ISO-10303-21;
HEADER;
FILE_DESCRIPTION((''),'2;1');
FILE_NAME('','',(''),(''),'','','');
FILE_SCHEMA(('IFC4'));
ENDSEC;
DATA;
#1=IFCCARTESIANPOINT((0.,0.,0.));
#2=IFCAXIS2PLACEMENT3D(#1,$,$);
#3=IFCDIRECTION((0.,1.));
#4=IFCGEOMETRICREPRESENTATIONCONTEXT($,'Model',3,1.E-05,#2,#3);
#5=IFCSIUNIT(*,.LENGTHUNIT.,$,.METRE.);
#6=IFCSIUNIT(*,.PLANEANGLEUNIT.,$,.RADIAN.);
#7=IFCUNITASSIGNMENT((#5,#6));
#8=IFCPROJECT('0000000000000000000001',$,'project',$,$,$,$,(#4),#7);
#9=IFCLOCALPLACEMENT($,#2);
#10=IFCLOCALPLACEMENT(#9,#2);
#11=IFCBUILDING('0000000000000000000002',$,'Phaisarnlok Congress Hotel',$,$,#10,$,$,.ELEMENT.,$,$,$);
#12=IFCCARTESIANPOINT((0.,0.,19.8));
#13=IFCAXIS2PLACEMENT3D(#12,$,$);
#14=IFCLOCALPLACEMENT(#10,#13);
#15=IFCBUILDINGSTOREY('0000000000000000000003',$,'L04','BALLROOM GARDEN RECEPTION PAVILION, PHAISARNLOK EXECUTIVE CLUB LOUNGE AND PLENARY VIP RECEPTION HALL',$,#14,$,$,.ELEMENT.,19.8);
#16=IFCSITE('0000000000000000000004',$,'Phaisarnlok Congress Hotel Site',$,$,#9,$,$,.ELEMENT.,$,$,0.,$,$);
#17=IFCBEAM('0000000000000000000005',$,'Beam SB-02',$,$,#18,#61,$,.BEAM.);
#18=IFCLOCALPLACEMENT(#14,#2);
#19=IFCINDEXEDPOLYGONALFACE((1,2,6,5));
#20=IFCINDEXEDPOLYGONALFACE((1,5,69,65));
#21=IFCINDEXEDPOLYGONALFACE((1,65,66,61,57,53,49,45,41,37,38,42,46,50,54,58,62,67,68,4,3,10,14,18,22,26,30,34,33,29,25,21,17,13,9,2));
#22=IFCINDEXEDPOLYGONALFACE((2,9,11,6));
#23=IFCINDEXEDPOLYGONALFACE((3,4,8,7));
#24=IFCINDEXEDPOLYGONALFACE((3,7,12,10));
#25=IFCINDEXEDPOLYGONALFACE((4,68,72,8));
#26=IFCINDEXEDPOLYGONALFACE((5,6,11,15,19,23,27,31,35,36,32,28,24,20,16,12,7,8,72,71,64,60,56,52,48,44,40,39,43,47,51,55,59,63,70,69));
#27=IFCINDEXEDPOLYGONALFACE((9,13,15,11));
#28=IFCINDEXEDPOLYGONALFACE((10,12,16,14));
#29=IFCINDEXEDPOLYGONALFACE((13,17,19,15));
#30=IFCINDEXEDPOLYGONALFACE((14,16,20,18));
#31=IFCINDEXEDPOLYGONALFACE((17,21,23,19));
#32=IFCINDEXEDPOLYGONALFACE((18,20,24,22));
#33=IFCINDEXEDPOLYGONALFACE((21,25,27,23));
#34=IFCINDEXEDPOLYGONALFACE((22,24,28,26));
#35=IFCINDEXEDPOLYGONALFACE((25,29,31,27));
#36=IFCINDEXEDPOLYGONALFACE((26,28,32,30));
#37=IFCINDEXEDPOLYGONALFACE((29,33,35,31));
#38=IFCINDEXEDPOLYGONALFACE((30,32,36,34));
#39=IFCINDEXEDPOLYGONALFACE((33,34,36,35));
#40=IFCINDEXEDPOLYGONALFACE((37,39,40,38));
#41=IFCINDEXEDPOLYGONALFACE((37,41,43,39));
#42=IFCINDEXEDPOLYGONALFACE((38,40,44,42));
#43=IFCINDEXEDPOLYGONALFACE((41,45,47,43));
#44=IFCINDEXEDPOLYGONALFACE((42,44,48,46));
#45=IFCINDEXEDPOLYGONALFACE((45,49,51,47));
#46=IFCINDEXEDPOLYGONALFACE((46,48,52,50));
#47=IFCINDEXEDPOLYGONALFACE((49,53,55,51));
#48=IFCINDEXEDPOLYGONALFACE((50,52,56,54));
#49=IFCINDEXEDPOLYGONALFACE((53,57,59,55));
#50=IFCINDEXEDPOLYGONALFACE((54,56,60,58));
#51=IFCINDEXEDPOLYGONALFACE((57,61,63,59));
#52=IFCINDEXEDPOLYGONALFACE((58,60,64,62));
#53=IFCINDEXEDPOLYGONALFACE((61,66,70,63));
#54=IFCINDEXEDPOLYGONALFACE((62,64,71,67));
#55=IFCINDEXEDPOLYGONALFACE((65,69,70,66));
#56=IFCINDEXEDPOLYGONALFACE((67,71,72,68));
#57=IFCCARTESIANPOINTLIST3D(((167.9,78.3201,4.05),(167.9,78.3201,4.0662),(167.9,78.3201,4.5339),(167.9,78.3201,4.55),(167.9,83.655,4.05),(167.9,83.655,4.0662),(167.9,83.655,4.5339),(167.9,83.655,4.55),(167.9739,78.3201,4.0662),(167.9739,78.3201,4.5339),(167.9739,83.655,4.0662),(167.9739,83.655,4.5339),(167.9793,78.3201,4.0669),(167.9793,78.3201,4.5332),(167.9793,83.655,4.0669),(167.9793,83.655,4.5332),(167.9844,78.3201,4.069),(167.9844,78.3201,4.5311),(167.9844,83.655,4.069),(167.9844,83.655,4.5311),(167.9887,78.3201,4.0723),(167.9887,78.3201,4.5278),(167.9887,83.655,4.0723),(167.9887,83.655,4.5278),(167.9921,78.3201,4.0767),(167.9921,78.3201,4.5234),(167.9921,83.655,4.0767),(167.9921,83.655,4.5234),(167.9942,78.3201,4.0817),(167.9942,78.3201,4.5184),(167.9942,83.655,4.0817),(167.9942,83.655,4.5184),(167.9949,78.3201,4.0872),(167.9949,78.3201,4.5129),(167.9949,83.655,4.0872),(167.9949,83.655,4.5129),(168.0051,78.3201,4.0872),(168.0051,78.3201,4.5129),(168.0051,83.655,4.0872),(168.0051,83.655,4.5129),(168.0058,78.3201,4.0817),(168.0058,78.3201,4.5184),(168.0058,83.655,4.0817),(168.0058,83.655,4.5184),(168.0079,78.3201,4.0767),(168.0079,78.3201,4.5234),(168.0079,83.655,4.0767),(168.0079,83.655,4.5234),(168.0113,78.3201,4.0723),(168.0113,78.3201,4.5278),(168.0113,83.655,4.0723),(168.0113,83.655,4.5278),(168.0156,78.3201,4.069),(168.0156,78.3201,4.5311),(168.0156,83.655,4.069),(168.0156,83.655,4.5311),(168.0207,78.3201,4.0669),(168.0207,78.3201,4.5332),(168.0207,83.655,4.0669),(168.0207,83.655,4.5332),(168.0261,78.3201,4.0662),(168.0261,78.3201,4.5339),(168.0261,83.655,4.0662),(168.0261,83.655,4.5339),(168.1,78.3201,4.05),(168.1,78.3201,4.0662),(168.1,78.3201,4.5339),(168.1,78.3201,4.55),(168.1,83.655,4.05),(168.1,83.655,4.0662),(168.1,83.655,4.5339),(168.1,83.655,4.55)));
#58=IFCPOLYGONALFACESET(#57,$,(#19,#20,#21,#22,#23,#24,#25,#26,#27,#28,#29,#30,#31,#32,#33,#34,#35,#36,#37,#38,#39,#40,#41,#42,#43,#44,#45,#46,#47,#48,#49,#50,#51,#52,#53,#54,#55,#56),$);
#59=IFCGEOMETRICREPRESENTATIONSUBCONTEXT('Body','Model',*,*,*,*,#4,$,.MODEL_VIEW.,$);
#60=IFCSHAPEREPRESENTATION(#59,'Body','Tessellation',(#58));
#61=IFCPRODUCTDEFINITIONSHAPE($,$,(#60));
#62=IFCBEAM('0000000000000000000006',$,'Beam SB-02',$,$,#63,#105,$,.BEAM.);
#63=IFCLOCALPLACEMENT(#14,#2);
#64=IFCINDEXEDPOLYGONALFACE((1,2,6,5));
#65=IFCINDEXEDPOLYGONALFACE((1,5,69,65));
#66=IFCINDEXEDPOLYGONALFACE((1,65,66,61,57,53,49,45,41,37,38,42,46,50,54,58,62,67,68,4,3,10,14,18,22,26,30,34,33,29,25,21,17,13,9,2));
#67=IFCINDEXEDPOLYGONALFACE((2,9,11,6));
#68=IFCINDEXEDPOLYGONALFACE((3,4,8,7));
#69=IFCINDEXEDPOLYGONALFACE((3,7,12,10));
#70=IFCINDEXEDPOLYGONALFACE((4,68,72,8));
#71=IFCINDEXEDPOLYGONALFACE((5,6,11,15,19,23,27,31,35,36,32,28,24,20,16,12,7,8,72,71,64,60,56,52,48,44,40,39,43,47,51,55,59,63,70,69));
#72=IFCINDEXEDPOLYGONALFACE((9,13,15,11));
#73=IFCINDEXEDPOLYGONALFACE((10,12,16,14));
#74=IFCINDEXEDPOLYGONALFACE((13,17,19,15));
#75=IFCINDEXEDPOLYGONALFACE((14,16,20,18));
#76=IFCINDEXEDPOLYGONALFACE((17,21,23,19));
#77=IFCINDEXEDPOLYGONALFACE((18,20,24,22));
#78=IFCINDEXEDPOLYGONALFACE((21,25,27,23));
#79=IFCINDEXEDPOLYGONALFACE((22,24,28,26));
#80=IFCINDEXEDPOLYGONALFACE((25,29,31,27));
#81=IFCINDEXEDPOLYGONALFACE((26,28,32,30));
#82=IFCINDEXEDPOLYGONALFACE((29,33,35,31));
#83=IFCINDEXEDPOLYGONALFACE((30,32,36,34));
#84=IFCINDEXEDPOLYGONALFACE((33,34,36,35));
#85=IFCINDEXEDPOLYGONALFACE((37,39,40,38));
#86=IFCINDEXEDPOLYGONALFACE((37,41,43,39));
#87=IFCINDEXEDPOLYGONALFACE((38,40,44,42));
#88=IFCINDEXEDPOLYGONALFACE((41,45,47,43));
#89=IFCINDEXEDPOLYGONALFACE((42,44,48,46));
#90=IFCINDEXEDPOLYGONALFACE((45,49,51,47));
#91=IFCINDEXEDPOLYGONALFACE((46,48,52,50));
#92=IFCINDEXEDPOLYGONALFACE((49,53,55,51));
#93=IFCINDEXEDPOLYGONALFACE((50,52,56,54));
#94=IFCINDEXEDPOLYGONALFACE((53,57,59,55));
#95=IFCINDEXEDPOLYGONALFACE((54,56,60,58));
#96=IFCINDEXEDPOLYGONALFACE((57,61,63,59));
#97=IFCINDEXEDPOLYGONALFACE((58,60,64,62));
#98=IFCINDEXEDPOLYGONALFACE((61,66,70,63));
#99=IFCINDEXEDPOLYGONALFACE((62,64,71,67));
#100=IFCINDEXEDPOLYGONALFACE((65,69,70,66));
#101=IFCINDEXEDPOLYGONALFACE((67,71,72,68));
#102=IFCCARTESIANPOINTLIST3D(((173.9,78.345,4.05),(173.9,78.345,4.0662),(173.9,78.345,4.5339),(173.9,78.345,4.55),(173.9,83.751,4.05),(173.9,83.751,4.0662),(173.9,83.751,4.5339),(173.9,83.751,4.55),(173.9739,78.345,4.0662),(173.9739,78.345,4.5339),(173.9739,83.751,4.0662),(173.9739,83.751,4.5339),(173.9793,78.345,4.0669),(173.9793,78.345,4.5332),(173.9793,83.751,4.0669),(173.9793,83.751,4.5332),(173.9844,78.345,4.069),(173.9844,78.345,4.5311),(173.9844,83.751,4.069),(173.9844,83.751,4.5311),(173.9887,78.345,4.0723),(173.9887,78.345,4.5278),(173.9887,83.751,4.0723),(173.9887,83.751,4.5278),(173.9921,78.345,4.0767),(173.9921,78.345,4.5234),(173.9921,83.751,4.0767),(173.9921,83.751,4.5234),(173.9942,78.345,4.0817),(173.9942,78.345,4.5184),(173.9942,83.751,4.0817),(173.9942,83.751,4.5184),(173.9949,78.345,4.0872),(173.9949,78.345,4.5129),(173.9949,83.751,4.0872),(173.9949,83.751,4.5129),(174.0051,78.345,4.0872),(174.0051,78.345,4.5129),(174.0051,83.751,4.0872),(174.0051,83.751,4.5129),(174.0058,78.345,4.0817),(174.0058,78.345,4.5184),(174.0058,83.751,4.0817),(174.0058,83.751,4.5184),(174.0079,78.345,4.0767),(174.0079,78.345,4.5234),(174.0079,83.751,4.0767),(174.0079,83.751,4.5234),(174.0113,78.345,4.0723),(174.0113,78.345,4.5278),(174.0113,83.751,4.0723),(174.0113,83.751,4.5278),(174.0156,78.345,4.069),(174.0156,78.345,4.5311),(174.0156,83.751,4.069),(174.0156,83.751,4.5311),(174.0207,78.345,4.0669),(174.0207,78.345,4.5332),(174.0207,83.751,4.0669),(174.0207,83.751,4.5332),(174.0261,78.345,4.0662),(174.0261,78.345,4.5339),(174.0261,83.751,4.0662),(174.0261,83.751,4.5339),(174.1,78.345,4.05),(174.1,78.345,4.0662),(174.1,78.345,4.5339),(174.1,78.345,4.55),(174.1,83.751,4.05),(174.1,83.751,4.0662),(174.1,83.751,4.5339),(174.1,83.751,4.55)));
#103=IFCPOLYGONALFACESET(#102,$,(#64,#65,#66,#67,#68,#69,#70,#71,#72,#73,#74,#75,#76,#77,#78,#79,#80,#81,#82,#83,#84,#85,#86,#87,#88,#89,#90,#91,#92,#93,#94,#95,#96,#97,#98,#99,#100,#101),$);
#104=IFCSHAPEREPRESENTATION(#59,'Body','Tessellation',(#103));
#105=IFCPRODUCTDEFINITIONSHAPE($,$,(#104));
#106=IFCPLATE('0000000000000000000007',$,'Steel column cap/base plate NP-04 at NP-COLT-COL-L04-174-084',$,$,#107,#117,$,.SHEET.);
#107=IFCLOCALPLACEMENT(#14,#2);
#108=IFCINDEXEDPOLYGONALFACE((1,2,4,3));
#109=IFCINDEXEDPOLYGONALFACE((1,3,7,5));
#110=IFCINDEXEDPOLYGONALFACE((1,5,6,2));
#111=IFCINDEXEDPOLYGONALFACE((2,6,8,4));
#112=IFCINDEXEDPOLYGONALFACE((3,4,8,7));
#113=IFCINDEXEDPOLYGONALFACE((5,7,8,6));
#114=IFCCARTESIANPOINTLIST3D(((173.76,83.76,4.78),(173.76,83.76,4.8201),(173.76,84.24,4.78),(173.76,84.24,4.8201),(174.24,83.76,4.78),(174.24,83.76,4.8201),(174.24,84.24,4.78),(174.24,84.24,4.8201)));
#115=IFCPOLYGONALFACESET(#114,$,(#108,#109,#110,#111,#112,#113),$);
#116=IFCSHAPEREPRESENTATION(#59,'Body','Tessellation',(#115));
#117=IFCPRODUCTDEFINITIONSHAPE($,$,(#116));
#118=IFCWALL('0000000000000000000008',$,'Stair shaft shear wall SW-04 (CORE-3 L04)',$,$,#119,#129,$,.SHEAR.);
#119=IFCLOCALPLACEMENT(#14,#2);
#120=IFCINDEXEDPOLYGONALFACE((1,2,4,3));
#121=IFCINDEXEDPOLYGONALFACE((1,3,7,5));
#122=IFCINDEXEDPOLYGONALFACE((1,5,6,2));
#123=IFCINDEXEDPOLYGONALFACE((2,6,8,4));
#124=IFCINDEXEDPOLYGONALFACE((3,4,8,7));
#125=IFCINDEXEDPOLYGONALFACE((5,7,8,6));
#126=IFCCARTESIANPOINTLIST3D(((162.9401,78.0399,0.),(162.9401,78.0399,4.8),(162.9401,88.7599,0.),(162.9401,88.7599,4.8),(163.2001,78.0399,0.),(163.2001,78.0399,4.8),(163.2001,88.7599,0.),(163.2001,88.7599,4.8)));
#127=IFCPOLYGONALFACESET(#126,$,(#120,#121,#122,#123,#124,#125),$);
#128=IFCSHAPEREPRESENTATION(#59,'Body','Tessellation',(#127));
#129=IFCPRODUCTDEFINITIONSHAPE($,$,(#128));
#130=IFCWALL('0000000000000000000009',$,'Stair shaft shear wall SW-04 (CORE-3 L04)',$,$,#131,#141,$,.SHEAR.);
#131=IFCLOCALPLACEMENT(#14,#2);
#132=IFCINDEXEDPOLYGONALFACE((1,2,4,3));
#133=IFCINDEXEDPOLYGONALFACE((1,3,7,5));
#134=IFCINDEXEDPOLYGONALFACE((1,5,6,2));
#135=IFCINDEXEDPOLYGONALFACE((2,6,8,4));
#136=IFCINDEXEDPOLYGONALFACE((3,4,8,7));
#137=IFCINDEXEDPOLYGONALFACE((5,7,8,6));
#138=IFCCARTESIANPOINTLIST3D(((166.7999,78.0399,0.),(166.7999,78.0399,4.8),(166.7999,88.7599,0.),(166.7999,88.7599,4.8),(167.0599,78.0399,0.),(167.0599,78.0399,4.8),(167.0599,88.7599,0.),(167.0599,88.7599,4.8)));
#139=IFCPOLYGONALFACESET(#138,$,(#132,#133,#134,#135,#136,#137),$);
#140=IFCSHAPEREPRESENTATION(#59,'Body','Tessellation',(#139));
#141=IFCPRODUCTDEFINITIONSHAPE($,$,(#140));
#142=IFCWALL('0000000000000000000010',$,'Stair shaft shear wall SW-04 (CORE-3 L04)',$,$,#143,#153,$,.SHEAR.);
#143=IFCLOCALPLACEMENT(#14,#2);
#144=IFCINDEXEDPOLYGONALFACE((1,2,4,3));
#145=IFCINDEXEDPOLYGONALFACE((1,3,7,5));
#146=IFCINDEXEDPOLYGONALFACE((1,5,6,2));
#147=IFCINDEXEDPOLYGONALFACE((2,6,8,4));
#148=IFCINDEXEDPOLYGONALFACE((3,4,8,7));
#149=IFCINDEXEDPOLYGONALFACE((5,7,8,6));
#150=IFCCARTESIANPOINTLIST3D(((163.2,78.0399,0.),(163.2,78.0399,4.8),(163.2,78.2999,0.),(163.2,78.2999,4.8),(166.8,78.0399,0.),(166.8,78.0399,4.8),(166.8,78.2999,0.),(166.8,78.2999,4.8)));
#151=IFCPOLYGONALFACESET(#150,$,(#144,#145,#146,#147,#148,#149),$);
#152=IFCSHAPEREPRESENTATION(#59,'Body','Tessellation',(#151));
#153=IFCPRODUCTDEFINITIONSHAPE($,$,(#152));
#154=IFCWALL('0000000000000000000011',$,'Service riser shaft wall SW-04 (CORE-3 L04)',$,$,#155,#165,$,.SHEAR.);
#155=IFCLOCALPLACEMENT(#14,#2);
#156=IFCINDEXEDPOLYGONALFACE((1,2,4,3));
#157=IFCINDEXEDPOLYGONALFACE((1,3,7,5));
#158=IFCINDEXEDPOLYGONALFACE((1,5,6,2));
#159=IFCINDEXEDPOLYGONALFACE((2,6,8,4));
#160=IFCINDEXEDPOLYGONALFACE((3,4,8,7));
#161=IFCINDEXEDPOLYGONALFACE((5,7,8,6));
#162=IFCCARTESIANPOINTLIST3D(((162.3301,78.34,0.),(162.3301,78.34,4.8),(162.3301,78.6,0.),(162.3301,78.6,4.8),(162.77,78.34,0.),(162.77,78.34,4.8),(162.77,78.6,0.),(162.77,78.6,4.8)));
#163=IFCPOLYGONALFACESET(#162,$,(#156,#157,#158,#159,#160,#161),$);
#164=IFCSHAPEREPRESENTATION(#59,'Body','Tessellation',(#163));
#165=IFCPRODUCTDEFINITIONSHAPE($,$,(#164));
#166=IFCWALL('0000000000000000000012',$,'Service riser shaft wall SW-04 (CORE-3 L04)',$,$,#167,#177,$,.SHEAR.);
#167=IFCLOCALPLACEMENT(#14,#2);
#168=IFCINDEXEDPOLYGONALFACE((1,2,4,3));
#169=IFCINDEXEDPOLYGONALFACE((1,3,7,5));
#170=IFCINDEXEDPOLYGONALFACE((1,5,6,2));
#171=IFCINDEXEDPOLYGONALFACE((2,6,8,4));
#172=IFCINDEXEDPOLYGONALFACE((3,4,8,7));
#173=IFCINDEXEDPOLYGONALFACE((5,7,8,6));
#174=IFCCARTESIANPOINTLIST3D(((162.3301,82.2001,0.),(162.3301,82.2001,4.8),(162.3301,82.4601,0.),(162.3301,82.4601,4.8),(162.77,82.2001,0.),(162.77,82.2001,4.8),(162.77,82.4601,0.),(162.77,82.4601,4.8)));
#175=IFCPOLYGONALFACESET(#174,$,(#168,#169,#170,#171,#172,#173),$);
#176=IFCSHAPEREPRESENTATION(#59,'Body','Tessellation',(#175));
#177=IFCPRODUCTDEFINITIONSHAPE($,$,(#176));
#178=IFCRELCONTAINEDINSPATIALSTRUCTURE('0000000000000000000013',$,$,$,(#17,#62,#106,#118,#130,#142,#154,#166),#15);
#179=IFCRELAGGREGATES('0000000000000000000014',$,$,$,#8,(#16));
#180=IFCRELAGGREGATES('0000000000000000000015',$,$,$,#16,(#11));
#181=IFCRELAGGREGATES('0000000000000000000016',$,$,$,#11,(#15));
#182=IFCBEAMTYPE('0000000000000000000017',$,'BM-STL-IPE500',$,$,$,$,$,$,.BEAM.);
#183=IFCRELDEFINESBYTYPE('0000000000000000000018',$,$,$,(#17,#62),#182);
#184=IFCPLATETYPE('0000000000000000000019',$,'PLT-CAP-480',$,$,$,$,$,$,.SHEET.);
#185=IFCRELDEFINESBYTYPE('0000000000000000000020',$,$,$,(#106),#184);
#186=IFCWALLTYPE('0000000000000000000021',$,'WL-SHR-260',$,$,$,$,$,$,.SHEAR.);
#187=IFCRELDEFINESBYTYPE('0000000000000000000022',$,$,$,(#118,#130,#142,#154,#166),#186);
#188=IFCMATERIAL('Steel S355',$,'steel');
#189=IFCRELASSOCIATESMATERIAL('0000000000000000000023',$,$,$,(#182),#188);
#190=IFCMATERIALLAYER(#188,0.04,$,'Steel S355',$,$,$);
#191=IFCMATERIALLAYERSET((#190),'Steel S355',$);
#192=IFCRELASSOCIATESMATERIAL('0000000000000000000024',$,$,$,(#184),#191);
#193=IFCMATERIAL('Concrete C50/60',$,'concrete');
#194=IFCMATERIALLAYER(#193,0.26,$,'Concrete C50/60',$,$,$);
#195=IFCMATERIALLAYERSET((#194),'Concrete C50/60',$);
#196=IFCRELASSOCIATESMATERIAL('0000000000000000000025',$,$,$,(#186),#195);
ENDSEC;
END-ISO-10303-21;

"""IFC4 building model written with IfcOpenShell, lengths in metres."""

from ifc_helpers import new_model, si_unit, direction, frame, frame_2d, origin, origin_2d, place, context, subcontext, project, spatial, rectangle, i_section, extrude, material, layer, layer_set, material_profile, profile_set, type_object, element, save


model = new_model("IFC4")

# Units and contexts
model_context = context("Model", 3, precision=1e-05, world=origin(), true_north=direction((0.0, 1.0)))
body_context = subcontext(model_context, "Body", "Model", "MODEL_VIEW")
ifc_project = project(units=[si_unit("LENGTHUNIT", "METRE"), si_unit("PLANEANGLEUNIT", "RADIAN")], contexts=[model_context])

# Site, building, storey
site_placement = place(None, origin())
site = spatial("IfcSite", under=ifc_project, at=site_placement, Name="Phaisarnlok Congress Hotel Site", CompositionType="ELEMENT", RefElevation=0.0)
building_placement = place(site_placement, origin())
building = spatial("IfcBuilding", under=site, at=building_placement, Name="Phaisarnlok Congress Hotel", CompositionType="ELEMENT")
storey_placement = place(building_placement, frame((0.0, 0.0, 19.8)))
storey = spatial("IfcBuildingStorey", under=building, at=storey_placement, Name="L04", Description="BALLROOM GARDEN RECEPTION PAVILION, PHAISARNLOK EXECUTIVE CLUB LOUNGE AND PLENARY VIP RECEPTION HALL", CompositionType="ELEMENT", Elevation=19.8)

# Shared definitions
ifc_material_1 = material(Name="Concrete C50/60", Category="concrete")
ifc_material_2 = material(Name="Steel S355", Category="steel")

# Beams
ifc_material_profile_1 = material_profile(ifc_material_2, i_section(OverallWidth=0.2, OverallDepth=0.5, WebThickness=0.0103, FlangeThickness=0.0161, FilletRadius=0.021, at=origin_2d()), Name="IPE 500")
ifc_profile_set_1 = profile_set([ifc_material_profile_1], Name="Steel S355")
beam_type_1 = type_object("IfcBeamType", Name="BM-STL-IPE500", PredefinedType="BEAM", material=ifc_profile_set_1)
beam_1_placement = place(storey_placement, frame((168.0, 78.3201, 4.3), z_axis=(0.0, 1.0, 0.0), x_axis=(-1.0, 0.0, 0.0)))
element("IfcBeam", 1, at=beam_1_placement, inside=storey, type_object=beam_type_1, Name="Beam SB-02", PredefinedType="BEAM", context=body_context, shape_type="SweptSolid", body=[
    extrude(i_section(OverallWidth=0.2, OverallDepth=0.5, WebThickness=0.0103, FlangeThickness=0.0161, FilletRadius=0.021, at=origin_2d()), origin(), (0.0, 0.0, 1.0), 5.335),
])
beam_2_placement = place(storey_placement, frame((174.0, 78.345, 4.3), z_axis=(0.0, 1.0, 0.0), x_axis=(-1.0, 0.0, 0.0)))
element("IfcBeam", 2, at=beam_2_placement, inside=storey, type_object=beam_type_1, Name="Beam SB-02", PredefinedType="BEAM", context=body_context, shape_type="SweptSolid", body=[
    extrude(i_section(OverallWidth=0.2, OverallDepth=0.5, WebThickness=0.0103, FlangeThickness=0.0161, FilletRadius=0.021, at=origin_2d()), origin(), (0.0, 0.0, 1.0), 5.406),
])

# Plate
ifc_layer_1 = layer(ifc_material_2, 0.04, Name="Steel S355")
ifc_layer_set_1 = layer_set([ifc_layer_1], Name="Steel S355")
plate_type = type_object("IfcPlateType", Name="PLT-CAP-480", PredefinedType="SHEET", material=ifc_layer_set_1)
plate_placement = place(storey_placement, frame((174.0, 84.0, 4.78), z_axis=(0.0, 0.0, 1.0), x_axis=(1.0, 0.0, 0.0)))
element("IfcPlate", 3, at=plate_placement, inside=storey, type_object=plate_type, Name="Steel column cap/base plate NP-04 at NP-COLT-COL-L04-174-084", PredefinedType="SHEET", context=body_context, shape_type="SweptSolid", body=[
    extrude(rectangle(XDim=0.48, YDim=0.48, at=origin_2d()), origin(), (0.0, 0.0, 1.0), 0.04),
])

# Walls
ifc_layer_2 = layer(ifc_material_1, 0.26, Name="Concrete C50/60")
ifc_layer_set_2 = layer_set([ifc_layer_2], Name="Concrete C50/60")
wall_type = type_object("IfcWallType", Name="WL-SHR-260", PredefinedType="SHEAR", material=ifc_layer_set_2)
for number, where, z_axis, x_axis, name in (
    (4, (163.0701, 78.04, 0.0), (0.0, 0.0, 1.0), (0.0, 1.0, 0.0), "Stair shaft shear wall SW-04 (CORE-3 L04)"),
    (5, (166.9299, 78.04, 0.0), (0.0, 0.0, 1.0), (0.0, 1.0, 0.0), "Stair shaft shear wall SW-04 (CORE-3 L04)"),
):
    element("IfcWall", number, at=place(storey_placement, frame(where, z_axis=z_axis, x_axis=x_axis)), inside=storey, type_object=wall_type, Name=name, PredefinedType="SHEAR", context=body_context, shape_type="SweptSolid", body=[
        extrude(rectangle(XDim=10.72, YDim=0.26, at=frame_2d((5.3599, 0.0))), origin(), (0.0, 0.0, 1.0), 4.8),
    ])
wall_placement = place(storey_placement, frame((163.2, 78.1699, 0.0), z_axis=(0.0, 0.0, 1.0), x_axis=(1.0, 0.0, 0.0)))
element("IfcWall", 6, at=wall_placement, inside=storey, type_object=wall_type, Name="Stair shaft shear wall SW-04 (CORE-3 L04)", PredefinedType="SHEAR", context=body_context, shape_type="SweptSolid", body=[
    extrude(rectangle(XDim=3.6001, YDim=0.26, at=frame_2d((1.8, 0.0))), origin(), (0.0, 0.0, 1.0), 4.8),
])
for number, where, z_axis, x_axis, name in (
    (7, (162.3301, 78.47, 0.0), (0.0, 0.0, 1.0), (1.0, 0.0, 0.0), "Service riser shaft wall SW-04 (CORE-3 L04)"),
    (8, (162.3301, 82.3301, 0.0), (0.0, 0.0, 1.0), (1.0, 0.0, 0.0), "Service riser shaft wall SW-04 (CORE-3 L04)"),
):
    element("IfcWall", number, at=place(storey_placement, frame(where, z_axis=z_axis, x_axis=x_axis)), inside=storey, type_object=wall_type, Name=name, PredefinedType="SHEAR", context=body_context, shape_type="SweptSolid", body=[
        extrude(rectangle(XDim=0.4399, YDim=0.26, at=frame_2d((0.22, 0.0))), origin(), (0.0, 0.0, 1.0), 4.8),
    ])

save(model, "model.ifc")
